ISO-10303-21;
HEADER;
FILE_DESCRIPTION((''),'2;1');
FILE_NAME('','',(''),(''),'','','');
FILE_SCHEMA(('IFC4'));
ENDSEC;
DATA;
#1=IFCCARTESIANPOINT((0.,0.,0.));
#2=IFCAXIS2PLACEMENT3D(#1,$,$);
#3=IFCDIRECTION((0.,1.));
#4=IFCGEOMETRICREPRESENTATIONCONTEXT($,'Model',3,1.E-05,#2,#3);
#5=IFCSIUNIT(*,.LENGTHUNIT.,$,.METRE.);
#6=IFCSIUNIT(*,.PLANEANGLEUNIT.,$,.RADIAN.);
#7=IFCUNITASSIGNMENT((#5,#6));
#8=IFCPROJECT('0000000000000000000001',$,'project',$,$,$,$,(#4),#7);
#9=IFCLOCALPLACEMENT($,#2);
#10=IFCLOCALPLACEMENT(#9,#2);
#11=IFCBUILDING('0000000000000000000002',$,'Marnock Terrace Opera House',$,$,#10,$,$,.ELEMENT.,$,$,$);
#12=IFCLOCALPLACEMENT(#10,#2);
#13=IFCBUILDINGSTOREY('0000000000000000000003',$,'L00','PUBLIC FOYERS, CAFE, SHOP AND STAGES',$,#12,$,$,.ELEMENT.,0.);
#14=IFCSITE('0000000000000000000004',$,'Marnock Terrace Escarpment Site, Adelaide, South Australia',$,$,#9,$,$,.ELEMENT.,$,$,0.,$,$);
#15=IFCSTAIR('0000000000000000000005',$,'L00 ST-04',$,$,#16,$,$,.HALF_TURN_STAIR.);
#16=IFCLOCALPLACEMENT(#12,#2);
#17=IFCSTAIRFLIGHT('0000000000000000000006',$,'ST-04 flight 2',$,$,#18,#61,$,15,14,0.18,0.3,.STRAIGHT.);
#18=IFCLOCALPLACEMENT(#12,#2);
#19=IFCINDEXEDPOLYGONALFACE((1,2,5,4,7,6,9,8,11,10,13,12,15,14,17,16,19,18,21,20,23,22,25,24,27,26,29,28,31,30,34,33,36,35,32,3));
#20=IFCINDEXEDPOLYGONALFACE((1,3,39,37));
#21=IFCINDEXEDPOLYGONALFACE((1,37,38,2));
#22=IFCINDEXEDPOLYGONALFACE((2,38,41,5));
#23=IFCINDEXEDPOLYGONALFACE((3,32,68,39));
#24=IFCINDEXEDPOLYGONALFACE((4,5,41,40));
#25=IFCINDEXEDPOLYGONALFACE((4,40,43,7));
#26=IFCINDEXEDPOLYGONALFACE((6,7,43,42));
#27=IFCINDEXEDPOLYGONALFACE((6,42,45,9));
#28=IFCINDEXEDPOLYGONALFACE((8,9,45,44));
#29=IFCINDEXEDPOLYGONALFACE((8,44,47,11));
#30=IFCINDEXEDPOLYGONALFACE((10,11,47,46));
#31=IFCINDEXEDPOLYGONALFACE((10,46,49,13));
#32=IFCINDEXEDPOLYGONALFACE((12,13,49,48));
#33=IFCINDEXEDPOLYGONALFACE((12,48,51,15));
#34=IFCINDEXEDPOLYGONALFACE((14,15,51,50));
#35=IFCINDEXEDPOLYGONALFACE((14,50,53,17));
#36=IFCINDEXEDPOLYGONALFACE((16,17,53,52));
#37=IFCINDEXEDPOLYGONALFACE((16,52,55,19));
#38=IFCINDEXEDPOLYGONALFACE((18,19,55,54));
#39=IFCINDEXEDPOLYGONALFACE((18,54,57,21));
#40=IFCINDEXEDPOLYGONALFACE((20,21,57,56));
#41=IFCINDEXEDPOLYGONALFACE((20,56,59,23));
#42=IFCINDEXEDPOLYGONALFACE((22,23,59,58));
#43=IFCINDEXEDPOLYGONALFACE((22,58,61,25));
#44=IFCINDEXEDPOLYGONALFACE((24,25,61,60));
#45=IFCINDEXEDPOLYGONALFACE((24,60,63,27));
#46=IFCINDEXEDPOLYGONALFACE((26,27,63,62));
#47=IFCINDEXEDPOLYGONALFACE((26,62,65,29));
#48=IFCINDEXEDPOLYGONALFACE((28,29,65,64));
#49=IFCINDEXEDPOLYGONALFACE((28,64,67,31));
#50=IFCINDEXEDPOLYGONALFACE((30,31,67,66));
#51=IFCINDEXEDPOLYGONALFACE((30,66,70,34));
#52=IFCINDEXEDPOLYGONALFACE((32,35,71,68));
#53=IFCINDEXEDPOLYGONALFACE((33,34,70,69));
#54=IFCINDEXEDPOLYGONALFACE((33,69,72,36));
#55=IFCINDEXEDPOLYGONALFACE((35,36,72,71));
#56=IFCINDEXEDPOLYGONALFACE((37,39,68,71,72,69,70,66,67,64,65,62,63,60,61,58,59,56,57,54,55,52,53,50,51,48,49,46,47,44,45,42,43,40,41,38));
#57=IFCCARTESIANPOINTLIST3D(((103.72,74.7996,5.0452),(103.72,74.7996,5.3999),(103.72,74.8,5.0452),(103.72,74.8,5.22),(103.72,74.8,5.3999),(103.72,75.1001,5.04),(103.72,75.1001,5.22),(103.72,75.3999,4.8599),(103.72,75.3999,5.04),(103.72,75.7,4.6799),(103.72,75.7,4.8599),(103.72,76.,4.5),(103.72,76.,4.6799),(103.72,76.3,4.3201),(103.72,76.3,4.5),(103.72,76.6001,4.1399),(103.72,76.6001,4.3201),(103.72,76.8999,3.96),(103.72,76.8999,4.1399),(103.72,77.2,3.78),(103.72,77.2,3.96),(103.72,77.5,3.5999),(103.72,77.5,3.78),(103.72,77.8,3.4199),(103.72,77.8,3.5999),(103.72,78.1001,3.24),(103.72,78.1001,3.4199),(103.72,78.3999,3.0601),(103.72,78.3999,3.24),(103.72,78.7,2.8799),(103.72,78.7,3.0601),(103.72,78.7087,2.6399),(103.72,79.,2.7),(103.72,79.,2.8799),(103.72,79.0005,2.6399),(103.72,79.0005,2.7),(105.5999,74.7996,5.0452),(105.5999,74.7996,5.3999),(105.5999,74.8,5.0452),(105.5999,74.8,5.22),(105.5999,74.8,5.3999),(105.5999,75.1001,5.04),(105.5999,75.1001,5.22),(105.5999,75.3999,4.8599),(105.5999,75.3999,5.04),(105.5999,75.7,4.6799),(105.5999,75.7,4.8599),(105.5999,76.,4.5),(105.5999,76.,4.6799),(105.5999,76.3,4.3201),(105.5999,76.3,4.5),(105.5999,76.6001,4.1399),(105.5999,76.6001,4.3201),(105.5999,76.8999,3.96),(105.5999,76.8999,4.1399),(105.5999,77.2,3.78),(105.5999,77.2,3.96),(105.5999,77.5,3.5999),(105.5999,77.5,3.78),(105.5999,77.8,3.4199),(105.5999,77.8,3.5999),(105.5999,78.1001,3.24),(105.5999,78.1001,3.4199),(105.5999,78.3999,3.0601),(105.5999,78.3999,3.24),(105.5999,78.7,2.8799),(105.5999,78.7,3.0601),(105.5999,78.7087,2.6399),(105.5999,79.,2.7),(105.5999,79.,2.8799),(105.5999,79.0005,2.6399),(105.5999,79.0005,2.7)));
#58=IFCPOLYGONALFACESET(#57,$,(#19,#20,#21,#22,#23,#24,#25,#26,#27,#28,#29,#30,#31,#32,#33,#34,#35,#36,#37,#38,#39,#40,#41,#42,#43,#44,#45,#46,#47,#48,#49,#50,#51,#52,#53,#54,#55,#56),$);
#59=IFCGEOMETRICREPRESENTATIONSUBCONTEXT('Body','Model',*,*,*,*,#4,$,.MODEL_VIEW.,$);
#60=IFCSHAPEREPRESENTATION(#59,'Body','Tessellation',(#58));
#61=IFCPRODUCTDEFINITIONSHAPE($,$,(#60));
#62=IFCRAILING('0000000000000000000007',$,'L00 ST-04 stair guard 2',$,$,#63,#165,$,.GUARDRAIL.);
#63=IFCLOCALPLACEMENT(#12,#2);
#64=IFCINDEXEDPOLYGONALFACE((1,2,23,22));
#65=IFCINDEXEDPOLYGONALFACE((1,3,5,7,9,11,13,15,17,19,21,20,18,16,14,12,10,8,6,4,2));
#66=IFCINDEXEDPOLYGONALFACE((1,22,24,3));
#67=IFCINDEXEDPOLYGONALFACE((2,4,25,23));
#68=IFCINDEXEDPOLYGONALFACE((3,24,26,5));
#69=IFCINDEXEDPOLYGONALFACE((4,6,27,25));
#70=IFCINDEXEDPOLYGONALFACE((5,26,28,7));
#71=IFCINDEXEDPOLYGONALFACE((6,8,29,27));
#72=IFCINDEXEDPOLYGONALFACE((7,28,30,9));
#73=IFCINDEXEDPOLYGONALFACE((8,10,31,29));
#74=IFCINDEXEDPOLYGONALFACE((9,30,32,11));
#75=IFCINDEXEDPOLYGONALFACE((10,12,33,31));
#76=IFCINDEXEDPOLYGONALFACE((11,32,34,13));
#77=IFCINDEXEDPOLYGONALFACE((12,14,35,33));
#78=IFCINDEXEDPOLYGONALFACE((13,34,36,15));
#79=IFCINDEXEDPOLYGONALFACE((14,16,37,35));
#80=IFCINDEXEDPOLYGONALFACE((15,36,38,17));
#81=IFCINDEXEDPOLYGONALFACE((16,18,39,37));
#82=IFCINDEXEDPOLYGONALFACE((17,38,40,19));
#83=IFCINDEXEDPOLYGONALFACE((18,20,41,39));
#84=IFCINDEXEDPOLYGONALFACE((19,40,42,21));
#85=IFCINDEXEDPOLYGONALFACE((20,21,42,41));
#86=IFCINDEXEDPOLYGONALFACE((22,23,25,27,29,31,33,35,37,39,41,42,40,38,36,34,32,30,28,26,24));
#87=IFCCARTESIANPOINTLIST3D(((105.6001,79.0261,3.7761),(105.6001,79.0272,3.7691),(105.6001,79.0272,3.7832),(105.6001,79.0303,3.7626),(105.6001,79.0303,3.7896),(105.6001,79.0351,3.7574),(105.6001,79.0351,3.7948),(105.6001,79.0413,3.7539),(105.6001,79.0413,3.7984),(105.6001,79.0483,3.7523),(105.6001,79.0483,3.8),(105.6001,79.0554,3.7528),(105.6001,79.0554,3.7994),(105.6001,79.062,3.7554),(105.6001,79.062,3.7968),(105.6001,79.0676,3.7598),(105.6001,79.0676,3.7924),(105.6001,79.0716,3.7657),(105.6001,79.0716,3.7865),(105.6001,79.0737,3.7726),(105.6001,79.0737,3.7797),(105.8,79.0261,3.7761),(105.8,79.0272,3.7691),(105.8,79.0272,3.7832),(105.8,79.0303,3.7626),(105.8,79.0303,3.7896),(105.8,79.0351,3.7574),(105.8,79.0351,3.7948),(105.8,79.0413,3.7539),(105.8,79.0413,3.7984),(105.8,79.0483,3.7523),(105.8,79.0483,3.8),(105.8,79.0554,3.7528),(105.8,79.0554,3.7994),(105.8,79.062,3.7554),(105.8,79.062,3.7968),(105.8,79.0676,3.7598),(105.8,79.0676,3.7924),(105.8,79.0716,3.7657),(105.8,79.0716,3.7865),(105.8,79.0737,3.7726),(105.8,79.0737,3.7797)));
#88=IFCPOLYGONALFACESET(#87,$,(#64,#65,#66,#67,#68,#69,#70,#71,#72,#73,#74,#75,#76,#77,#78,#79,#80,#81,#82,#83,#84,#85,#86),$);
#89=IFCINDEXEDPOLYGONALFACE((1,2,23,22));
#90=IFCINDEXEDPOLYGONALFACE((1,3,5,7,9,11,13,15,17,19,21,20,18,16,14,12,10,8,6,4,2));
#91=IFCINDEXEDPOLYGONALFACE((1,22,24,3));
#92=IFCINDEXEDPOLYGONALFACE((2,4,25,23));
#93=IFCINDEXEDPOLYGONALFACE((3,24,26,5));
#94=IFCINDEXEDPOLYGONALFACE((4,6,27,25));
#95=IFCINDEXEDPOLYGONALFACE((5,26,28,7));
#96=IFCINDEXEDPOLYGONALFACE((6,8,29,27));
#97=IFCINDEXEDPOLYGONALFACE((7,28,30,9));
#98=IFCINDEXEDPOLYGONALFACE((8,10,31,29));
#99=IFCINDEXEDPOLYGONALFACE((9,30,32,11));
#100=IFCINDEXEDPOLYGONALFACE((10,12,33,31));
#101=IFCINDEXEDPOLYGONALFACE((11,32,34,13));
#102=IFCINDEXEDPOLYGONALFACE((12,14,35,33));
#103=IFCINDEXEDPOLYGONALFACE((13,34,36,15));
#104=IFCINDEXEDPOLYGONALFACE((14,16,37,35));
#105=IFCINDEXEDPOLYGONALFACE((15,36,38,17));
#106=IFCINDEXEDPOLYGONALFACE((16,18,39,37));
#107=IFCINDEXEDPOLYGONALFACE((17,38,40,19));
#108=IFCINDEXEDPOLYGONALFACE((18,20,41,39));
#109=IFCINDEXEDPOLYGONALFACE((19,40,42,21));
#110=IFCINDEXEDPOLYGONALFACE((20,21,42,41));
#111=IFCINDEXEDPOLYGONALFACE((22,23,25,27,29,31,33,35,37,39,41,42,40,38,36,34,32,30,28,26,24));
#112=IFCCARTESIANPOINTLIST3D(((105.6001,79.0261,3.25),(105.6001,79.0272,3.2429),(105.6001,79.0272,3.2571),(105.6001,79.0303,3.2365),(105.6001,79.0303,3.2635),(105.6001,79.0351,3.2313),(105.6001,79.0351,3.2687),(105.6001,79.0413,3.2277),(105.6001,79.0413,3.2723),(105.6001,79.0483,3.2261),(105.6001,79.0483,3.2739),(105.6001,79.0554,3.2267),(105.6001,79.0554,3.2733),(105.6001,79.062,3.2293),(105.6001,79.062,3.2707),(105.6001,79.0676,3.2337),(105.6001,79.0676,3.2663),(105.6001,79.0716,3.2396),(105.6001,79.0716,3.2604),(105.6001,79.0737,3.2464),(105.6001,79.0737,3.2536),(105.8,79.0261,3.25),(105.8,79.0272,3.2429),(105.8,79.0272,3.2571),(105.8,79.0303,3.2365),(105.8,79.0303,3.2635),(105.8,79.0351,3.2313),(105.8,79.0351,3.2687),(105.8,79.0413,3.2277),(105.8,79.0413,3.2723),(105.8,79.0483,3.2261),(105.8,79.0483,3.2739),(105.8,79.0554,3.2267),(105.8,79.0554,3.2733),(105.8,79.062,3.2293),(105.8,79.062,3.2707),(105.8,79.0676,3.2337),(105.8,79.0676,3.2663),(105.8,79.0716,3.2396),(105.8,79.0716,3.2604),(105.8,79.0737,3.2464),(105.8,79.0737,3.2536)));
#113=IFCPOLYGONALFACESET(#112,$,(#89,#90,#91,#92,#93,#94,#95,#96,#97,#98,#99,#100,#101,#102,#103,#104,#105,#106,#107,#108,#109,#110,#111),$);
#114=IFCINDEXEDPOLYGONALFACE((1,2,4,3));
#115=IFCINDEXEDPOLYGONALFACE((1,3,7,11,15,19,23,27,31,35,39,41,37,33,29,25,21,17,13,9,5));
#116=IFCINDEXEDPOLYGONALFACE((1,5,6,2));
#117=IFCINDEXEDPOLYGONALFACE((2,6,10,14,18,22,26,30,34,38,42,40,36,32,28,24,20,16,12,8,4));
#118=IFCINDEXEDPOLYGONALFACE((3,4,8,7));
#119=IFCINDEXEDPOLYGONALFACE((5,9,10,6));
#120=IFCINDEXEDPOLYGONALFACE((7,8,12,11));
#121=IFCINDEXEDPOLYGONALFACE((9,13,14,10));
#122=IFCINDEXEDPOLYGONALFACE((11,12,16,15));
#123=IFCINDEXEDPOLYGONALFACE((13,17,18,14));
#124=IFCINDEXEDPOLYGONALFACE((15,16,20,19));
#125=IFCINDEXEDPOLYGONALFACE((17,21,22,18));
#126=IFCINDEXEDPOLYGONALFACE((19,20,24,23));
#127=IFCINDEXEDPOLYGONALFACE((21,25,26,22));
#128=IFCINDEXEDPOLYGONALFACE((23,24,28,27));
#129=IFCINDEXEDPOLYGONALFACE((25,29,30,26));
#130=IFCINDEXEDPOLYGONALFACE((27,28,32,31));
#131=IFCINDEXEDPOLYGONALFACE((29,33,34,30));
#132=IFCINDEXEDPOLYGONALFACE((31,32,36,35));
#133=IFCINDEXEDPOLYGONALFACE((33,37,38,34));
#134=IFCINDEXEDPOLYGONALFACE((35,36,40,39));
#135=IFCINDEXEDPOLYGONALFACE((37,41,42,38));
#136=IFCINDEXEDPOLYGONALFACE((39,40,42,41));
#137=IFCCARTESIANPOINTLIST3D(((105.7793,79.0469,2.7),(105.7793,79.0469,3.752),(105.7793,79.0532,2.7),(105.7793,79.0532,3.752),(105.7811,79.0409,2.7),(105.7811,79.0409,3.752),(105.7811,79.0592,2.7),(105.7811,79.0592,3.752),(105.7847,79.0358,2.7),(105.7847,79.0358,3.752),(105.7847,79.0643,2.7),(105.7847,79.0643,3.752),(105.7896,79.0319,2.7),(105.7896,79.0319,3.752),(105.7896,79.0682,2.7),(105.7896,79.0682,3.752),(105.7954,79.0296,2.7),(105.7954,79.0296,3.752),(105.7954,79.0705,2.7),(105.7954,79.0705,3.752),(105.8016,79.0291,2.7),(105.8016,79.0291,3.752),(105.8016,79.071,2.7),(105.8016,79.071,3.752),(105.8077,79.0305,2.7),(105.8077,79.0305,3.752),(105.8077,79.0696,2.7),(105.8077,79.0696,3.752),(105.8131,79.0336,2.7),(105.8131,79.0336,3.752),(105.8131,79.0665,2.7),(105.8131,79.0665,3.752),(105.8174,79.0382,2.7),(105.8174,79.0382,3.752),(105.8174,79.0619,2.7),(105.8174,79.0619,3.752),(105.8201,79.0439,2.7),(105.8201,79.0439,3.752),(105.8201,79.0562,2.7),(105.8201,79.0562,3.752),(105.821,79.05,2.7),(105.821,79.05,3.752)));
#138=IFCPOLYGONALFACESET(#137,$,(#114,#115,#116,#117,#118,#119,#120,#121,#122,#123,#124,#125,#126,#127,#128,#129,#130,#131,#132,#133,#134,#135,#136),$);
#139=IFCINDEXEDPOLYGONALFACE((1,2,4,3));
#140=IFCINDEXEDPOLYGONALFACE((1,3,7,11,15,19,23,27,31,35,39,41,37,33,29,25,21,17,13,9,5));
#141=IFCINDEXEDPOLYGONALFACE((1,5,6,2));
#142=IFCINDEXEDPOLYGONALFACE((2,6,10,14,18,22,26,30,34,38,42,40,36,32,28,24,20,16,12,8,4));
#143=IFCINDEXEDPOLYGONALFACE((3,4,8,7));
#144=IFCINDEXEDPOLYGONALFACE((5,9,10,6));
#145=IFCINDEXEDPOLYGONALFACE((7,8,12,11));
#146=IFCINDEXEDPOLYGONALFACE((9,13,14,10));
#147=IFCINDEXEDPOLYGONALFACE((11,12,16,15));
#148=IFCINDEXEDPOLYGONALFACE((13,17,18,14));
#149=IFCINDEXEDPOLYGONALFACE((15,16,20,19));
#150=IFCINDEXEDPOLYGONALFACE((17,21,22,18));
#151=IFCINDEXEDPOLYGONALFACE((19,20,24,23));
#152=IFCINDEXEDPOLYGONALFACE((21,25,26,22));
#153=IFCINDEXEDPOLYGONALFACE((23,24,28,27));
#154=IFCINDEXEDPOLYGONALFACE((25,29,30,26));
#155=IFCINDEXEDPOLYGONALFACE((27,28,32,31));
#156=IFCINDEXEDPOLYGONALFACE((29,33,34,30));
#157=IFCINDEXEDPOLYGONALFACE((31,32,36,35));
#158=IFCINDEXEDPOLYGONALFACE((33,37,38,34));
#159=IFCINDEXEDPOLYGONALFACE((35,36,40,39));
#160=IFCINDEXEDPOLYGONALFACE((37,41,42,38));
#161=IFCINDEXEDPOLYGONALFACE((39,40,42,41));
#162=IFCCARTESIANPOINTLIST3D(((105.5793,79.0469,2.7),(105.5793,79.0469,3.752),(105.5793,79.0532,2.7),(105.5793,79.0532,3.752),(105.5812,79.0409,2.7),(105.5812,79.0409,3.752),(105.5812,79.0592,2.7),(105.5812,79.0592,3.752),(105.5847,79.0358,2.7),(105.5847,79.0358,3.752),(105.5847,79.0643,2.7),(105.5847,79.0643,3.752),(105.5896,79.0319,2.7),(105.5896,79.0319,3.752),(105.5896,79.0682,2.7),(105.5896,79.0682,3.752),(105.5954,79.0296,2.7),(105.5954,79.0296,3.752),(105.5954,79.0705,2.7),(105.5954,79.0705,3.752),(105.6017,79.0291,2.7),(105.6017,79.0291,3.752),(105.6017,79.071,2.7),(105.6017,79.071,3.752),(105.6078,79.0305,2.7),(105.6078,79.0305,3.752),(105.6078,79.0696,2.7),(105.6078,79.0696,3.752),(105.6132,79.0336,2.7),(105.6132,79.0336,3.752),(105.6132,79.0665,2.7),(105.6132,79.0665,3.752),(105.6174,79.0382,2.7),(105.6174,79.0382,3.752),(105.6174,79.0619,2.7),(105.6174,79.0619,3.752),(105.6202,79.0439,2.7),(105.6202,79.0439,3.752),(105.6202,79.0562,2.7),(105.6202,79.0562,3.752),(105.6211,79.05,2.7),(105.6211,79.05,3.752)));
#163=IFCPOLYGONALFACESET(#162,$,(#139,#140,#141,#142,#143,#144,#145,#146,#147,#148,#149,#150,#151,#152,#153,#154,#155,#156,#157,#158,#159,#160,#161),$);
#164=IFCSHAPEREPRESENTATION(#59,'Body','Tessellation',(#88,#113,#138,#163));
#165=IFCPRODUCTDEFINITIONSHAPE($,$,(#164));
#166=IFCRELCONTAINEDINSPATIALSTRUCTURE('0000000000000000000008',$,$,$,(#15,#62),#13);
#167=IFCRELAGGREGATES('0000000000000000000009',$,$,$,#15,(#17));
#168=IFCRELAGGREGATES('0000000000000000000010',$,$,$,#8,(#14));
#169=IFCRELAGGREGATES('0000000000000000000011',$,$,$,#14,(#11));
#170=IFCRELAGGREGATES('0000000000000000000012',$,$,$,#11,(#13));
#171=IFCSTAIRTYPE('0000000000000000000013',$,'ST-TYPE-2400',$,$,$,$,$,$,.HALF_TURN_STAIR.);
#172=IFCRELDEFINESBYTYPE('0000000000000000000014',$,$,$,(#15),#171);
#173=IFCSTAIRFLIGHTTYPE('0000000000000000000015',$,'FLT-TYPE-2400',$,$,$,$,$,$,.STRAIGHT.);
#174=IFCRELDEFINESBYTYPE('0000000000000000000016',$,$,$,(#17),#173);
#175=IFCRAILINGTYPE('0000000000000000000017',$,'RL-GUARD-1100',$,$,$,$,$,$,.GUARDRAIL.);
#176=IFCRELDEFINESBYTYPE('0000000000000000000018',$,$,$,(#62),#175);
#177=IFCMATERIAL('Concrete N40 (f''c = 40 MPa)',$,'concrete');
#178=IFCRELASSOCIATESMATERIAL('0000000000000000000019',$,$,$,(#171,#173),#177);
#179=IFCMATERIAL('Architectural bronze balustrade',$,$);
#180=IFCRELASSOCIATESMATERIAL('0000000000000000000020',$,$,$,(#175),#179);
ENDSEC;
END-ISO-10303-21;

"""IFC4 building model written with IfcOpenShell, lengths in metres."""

from ifc_helpers import new_model, si_unit, direction, frame, origin, origin_2d, place, context, subcontext, project, spatial, polyline, circle, outline, extrude, material, type_object, element, aggregate, save


model = new_model("IFC4")

# Units and contexts
model_context = context("Model", 3, precision=1e-05, world=origin(), true_north=direction((0.0, 1.0)))
body_context = subcontext(model_context, "Body", "Model", "MODEL_VIEW")
ifc_project = project(units=[si_unit("LENGTHUNIT", "METRE"), si_unit("PLANEANGLEUNIT", "RADIAN")], contexts=[model_context])

# Site, building, storey
site_placement = place(None, origin())
site = spatial("IfcSite", under=ifc_project, at=site_placement, Name="Marnock Terrace Escarpment Site, Adelaide, South Australia", CompositionType="ELEMENT", RefElevation=0.0)
building_placement = place(site_placement, origin())
building = spatial("IfcBuilding", under=site, at=building_placement, Name="Marnock Terrace Opera House", CompositionType="ELEMENT")
storey_placement = place(building_placement, origin())
storey = spatial("IfcBuildingStorey", under=building, at=storey_placement, Name="L00", Description="PUBLIC FOYERS, CAFE, SHOP AND STAGES", CompositionType="ELEMENT", Elevation=0.0)

# Shared definitions
ifc_material_1 = material(Name="Concrete N40 (f'c = 40 MPa)", Category="concrete")

# Stair, stair flight
stair_type = type_object("IfcStairType", Name="ST-TYPE-2400", PredefinedType="HALF_TURN_STAIR", material=ifc_material_1)
stair_placement = place(storey_placement, origin())
stair = element("IfcStair", 1, at=stair_placement, inside=storey, type_object=stair_type, Name="L00 ST-04", PredefinedType="HALF_TURN_STAIR")
stair_flight_type = type_object("IfcStairFlightType", Name="FLT-TYPE-2400", PredefinedType="STRAIGHT", material=ifc_material_1)
stair_flight_1_placement = place(storey_placement, frame((104.6599, 79.0, 2.7), z_axis=(0.0, 0.0, 1.0), x_axis=(0.0, -1.0, 0.0)))
stair_flight_1 = element("IfcStairFlight", 2, at=stair_flight_1_placement, type_object=stair_flight_type, Name="ST-04 flight 2", NumberOfRisers=15, NumberOfTreads=14, PredefinedType="STRAIGHT", RiserHeight=0.18, TreadLength=0.3, context=body_context, shape_type="SweptSolid", body=[
    extrude(outline(polyline([(-0.0005, -0.0601), (-0.0005, 0.0), (0.0, 0.0), (0.0, 0.1799), (0.3, 0.1799), (0.3, 0.3601), (0.6001, 0.3601), (0.6001, 0.54), (0.8999, 0.54), (0.8999, 0.72), (1.2, 0.72), (1.2, 0.8999), (1.5, 0.8999), (1.5, 1.0801), (1.8, 1.0801), (1.8, 1.26), (2.1001, 1.26), (2.1001, 1.4399), (2.3999, 1.4399), (2.3999, 1.6201), (2.7, 1.6201), (2.7, 1.8), (3.0, 1.8), (3.0, 1.98), (3.3, 1.98), (3.3, 2.1599), (3.6001, 2.1599), (3.6001, 2.3401), (3.8999, 2.3401), (3.8999, 2.52), (4.2, 2.52), (4.2, 2.7), (4.2004, 2.7), (4.2004, 2.3452), (4.2, 2.3452), (0.2913, -0.0601), (-0.0005, -0.0601)])), frame((0.0, 0.9399, 0.0), z_axis=(0.0, -1.0, 0.0), x_axis=(1.0, 0.0, 0.0)), (0.0, 0.0, 1.0), 1.8799),
])
aggregate(stair, [stair_flight_1])

# Railing
ifc_material_2 = material(Name="Architectural bronze balustrade")
railing_type_1 = type_object("IfcRailingType", Name="RL-GUARD-1100", PredefinedType="GUARDRAIL", material=ifc_material_2)
railing_1_placement = place(storey_placement, frame((105.8, 79.05, 2.7)))
element("IfcRailing", 3, at=railing_1_placement, inside=storey, type_object=railing_type_1, Name="L00 ST-04 stair guard 2", PredefinedType="GUARDRAIL", context=body_context, shape_type="SweptSolid", body=[
    extrude(circle(Radius=0.0239, at=origin_2d()), frame((0.0, 0.0, 1.0762), z_axis=(-1.0, 0.0, 0.0), x_axis=(0.0, -1.0, 0.0)), (0.0, 0.0, 1.0), 0.2),
    extrude(circle(Radius=0.0239, at=origin_2d()), frame((0.0, 0.0, 0.55), z_axis=(-1.0, 0.0, 0.0), x_axis=(0.0, -1.0, 0.0)), (0.0, 0.0, 1.0), 0.2),
    extrude(circle(Radius=0.021, at=origin_2d()), origin(), (0.0, 0.0, 1.0), 1.052),
    extrude(circle(Radius=0.021, at=origin_2d()), frame((-0.2, 0.0, 0.0)), (0.0, 0.0, 1.0), 1.052),
])

save(model, "model.ifc")
